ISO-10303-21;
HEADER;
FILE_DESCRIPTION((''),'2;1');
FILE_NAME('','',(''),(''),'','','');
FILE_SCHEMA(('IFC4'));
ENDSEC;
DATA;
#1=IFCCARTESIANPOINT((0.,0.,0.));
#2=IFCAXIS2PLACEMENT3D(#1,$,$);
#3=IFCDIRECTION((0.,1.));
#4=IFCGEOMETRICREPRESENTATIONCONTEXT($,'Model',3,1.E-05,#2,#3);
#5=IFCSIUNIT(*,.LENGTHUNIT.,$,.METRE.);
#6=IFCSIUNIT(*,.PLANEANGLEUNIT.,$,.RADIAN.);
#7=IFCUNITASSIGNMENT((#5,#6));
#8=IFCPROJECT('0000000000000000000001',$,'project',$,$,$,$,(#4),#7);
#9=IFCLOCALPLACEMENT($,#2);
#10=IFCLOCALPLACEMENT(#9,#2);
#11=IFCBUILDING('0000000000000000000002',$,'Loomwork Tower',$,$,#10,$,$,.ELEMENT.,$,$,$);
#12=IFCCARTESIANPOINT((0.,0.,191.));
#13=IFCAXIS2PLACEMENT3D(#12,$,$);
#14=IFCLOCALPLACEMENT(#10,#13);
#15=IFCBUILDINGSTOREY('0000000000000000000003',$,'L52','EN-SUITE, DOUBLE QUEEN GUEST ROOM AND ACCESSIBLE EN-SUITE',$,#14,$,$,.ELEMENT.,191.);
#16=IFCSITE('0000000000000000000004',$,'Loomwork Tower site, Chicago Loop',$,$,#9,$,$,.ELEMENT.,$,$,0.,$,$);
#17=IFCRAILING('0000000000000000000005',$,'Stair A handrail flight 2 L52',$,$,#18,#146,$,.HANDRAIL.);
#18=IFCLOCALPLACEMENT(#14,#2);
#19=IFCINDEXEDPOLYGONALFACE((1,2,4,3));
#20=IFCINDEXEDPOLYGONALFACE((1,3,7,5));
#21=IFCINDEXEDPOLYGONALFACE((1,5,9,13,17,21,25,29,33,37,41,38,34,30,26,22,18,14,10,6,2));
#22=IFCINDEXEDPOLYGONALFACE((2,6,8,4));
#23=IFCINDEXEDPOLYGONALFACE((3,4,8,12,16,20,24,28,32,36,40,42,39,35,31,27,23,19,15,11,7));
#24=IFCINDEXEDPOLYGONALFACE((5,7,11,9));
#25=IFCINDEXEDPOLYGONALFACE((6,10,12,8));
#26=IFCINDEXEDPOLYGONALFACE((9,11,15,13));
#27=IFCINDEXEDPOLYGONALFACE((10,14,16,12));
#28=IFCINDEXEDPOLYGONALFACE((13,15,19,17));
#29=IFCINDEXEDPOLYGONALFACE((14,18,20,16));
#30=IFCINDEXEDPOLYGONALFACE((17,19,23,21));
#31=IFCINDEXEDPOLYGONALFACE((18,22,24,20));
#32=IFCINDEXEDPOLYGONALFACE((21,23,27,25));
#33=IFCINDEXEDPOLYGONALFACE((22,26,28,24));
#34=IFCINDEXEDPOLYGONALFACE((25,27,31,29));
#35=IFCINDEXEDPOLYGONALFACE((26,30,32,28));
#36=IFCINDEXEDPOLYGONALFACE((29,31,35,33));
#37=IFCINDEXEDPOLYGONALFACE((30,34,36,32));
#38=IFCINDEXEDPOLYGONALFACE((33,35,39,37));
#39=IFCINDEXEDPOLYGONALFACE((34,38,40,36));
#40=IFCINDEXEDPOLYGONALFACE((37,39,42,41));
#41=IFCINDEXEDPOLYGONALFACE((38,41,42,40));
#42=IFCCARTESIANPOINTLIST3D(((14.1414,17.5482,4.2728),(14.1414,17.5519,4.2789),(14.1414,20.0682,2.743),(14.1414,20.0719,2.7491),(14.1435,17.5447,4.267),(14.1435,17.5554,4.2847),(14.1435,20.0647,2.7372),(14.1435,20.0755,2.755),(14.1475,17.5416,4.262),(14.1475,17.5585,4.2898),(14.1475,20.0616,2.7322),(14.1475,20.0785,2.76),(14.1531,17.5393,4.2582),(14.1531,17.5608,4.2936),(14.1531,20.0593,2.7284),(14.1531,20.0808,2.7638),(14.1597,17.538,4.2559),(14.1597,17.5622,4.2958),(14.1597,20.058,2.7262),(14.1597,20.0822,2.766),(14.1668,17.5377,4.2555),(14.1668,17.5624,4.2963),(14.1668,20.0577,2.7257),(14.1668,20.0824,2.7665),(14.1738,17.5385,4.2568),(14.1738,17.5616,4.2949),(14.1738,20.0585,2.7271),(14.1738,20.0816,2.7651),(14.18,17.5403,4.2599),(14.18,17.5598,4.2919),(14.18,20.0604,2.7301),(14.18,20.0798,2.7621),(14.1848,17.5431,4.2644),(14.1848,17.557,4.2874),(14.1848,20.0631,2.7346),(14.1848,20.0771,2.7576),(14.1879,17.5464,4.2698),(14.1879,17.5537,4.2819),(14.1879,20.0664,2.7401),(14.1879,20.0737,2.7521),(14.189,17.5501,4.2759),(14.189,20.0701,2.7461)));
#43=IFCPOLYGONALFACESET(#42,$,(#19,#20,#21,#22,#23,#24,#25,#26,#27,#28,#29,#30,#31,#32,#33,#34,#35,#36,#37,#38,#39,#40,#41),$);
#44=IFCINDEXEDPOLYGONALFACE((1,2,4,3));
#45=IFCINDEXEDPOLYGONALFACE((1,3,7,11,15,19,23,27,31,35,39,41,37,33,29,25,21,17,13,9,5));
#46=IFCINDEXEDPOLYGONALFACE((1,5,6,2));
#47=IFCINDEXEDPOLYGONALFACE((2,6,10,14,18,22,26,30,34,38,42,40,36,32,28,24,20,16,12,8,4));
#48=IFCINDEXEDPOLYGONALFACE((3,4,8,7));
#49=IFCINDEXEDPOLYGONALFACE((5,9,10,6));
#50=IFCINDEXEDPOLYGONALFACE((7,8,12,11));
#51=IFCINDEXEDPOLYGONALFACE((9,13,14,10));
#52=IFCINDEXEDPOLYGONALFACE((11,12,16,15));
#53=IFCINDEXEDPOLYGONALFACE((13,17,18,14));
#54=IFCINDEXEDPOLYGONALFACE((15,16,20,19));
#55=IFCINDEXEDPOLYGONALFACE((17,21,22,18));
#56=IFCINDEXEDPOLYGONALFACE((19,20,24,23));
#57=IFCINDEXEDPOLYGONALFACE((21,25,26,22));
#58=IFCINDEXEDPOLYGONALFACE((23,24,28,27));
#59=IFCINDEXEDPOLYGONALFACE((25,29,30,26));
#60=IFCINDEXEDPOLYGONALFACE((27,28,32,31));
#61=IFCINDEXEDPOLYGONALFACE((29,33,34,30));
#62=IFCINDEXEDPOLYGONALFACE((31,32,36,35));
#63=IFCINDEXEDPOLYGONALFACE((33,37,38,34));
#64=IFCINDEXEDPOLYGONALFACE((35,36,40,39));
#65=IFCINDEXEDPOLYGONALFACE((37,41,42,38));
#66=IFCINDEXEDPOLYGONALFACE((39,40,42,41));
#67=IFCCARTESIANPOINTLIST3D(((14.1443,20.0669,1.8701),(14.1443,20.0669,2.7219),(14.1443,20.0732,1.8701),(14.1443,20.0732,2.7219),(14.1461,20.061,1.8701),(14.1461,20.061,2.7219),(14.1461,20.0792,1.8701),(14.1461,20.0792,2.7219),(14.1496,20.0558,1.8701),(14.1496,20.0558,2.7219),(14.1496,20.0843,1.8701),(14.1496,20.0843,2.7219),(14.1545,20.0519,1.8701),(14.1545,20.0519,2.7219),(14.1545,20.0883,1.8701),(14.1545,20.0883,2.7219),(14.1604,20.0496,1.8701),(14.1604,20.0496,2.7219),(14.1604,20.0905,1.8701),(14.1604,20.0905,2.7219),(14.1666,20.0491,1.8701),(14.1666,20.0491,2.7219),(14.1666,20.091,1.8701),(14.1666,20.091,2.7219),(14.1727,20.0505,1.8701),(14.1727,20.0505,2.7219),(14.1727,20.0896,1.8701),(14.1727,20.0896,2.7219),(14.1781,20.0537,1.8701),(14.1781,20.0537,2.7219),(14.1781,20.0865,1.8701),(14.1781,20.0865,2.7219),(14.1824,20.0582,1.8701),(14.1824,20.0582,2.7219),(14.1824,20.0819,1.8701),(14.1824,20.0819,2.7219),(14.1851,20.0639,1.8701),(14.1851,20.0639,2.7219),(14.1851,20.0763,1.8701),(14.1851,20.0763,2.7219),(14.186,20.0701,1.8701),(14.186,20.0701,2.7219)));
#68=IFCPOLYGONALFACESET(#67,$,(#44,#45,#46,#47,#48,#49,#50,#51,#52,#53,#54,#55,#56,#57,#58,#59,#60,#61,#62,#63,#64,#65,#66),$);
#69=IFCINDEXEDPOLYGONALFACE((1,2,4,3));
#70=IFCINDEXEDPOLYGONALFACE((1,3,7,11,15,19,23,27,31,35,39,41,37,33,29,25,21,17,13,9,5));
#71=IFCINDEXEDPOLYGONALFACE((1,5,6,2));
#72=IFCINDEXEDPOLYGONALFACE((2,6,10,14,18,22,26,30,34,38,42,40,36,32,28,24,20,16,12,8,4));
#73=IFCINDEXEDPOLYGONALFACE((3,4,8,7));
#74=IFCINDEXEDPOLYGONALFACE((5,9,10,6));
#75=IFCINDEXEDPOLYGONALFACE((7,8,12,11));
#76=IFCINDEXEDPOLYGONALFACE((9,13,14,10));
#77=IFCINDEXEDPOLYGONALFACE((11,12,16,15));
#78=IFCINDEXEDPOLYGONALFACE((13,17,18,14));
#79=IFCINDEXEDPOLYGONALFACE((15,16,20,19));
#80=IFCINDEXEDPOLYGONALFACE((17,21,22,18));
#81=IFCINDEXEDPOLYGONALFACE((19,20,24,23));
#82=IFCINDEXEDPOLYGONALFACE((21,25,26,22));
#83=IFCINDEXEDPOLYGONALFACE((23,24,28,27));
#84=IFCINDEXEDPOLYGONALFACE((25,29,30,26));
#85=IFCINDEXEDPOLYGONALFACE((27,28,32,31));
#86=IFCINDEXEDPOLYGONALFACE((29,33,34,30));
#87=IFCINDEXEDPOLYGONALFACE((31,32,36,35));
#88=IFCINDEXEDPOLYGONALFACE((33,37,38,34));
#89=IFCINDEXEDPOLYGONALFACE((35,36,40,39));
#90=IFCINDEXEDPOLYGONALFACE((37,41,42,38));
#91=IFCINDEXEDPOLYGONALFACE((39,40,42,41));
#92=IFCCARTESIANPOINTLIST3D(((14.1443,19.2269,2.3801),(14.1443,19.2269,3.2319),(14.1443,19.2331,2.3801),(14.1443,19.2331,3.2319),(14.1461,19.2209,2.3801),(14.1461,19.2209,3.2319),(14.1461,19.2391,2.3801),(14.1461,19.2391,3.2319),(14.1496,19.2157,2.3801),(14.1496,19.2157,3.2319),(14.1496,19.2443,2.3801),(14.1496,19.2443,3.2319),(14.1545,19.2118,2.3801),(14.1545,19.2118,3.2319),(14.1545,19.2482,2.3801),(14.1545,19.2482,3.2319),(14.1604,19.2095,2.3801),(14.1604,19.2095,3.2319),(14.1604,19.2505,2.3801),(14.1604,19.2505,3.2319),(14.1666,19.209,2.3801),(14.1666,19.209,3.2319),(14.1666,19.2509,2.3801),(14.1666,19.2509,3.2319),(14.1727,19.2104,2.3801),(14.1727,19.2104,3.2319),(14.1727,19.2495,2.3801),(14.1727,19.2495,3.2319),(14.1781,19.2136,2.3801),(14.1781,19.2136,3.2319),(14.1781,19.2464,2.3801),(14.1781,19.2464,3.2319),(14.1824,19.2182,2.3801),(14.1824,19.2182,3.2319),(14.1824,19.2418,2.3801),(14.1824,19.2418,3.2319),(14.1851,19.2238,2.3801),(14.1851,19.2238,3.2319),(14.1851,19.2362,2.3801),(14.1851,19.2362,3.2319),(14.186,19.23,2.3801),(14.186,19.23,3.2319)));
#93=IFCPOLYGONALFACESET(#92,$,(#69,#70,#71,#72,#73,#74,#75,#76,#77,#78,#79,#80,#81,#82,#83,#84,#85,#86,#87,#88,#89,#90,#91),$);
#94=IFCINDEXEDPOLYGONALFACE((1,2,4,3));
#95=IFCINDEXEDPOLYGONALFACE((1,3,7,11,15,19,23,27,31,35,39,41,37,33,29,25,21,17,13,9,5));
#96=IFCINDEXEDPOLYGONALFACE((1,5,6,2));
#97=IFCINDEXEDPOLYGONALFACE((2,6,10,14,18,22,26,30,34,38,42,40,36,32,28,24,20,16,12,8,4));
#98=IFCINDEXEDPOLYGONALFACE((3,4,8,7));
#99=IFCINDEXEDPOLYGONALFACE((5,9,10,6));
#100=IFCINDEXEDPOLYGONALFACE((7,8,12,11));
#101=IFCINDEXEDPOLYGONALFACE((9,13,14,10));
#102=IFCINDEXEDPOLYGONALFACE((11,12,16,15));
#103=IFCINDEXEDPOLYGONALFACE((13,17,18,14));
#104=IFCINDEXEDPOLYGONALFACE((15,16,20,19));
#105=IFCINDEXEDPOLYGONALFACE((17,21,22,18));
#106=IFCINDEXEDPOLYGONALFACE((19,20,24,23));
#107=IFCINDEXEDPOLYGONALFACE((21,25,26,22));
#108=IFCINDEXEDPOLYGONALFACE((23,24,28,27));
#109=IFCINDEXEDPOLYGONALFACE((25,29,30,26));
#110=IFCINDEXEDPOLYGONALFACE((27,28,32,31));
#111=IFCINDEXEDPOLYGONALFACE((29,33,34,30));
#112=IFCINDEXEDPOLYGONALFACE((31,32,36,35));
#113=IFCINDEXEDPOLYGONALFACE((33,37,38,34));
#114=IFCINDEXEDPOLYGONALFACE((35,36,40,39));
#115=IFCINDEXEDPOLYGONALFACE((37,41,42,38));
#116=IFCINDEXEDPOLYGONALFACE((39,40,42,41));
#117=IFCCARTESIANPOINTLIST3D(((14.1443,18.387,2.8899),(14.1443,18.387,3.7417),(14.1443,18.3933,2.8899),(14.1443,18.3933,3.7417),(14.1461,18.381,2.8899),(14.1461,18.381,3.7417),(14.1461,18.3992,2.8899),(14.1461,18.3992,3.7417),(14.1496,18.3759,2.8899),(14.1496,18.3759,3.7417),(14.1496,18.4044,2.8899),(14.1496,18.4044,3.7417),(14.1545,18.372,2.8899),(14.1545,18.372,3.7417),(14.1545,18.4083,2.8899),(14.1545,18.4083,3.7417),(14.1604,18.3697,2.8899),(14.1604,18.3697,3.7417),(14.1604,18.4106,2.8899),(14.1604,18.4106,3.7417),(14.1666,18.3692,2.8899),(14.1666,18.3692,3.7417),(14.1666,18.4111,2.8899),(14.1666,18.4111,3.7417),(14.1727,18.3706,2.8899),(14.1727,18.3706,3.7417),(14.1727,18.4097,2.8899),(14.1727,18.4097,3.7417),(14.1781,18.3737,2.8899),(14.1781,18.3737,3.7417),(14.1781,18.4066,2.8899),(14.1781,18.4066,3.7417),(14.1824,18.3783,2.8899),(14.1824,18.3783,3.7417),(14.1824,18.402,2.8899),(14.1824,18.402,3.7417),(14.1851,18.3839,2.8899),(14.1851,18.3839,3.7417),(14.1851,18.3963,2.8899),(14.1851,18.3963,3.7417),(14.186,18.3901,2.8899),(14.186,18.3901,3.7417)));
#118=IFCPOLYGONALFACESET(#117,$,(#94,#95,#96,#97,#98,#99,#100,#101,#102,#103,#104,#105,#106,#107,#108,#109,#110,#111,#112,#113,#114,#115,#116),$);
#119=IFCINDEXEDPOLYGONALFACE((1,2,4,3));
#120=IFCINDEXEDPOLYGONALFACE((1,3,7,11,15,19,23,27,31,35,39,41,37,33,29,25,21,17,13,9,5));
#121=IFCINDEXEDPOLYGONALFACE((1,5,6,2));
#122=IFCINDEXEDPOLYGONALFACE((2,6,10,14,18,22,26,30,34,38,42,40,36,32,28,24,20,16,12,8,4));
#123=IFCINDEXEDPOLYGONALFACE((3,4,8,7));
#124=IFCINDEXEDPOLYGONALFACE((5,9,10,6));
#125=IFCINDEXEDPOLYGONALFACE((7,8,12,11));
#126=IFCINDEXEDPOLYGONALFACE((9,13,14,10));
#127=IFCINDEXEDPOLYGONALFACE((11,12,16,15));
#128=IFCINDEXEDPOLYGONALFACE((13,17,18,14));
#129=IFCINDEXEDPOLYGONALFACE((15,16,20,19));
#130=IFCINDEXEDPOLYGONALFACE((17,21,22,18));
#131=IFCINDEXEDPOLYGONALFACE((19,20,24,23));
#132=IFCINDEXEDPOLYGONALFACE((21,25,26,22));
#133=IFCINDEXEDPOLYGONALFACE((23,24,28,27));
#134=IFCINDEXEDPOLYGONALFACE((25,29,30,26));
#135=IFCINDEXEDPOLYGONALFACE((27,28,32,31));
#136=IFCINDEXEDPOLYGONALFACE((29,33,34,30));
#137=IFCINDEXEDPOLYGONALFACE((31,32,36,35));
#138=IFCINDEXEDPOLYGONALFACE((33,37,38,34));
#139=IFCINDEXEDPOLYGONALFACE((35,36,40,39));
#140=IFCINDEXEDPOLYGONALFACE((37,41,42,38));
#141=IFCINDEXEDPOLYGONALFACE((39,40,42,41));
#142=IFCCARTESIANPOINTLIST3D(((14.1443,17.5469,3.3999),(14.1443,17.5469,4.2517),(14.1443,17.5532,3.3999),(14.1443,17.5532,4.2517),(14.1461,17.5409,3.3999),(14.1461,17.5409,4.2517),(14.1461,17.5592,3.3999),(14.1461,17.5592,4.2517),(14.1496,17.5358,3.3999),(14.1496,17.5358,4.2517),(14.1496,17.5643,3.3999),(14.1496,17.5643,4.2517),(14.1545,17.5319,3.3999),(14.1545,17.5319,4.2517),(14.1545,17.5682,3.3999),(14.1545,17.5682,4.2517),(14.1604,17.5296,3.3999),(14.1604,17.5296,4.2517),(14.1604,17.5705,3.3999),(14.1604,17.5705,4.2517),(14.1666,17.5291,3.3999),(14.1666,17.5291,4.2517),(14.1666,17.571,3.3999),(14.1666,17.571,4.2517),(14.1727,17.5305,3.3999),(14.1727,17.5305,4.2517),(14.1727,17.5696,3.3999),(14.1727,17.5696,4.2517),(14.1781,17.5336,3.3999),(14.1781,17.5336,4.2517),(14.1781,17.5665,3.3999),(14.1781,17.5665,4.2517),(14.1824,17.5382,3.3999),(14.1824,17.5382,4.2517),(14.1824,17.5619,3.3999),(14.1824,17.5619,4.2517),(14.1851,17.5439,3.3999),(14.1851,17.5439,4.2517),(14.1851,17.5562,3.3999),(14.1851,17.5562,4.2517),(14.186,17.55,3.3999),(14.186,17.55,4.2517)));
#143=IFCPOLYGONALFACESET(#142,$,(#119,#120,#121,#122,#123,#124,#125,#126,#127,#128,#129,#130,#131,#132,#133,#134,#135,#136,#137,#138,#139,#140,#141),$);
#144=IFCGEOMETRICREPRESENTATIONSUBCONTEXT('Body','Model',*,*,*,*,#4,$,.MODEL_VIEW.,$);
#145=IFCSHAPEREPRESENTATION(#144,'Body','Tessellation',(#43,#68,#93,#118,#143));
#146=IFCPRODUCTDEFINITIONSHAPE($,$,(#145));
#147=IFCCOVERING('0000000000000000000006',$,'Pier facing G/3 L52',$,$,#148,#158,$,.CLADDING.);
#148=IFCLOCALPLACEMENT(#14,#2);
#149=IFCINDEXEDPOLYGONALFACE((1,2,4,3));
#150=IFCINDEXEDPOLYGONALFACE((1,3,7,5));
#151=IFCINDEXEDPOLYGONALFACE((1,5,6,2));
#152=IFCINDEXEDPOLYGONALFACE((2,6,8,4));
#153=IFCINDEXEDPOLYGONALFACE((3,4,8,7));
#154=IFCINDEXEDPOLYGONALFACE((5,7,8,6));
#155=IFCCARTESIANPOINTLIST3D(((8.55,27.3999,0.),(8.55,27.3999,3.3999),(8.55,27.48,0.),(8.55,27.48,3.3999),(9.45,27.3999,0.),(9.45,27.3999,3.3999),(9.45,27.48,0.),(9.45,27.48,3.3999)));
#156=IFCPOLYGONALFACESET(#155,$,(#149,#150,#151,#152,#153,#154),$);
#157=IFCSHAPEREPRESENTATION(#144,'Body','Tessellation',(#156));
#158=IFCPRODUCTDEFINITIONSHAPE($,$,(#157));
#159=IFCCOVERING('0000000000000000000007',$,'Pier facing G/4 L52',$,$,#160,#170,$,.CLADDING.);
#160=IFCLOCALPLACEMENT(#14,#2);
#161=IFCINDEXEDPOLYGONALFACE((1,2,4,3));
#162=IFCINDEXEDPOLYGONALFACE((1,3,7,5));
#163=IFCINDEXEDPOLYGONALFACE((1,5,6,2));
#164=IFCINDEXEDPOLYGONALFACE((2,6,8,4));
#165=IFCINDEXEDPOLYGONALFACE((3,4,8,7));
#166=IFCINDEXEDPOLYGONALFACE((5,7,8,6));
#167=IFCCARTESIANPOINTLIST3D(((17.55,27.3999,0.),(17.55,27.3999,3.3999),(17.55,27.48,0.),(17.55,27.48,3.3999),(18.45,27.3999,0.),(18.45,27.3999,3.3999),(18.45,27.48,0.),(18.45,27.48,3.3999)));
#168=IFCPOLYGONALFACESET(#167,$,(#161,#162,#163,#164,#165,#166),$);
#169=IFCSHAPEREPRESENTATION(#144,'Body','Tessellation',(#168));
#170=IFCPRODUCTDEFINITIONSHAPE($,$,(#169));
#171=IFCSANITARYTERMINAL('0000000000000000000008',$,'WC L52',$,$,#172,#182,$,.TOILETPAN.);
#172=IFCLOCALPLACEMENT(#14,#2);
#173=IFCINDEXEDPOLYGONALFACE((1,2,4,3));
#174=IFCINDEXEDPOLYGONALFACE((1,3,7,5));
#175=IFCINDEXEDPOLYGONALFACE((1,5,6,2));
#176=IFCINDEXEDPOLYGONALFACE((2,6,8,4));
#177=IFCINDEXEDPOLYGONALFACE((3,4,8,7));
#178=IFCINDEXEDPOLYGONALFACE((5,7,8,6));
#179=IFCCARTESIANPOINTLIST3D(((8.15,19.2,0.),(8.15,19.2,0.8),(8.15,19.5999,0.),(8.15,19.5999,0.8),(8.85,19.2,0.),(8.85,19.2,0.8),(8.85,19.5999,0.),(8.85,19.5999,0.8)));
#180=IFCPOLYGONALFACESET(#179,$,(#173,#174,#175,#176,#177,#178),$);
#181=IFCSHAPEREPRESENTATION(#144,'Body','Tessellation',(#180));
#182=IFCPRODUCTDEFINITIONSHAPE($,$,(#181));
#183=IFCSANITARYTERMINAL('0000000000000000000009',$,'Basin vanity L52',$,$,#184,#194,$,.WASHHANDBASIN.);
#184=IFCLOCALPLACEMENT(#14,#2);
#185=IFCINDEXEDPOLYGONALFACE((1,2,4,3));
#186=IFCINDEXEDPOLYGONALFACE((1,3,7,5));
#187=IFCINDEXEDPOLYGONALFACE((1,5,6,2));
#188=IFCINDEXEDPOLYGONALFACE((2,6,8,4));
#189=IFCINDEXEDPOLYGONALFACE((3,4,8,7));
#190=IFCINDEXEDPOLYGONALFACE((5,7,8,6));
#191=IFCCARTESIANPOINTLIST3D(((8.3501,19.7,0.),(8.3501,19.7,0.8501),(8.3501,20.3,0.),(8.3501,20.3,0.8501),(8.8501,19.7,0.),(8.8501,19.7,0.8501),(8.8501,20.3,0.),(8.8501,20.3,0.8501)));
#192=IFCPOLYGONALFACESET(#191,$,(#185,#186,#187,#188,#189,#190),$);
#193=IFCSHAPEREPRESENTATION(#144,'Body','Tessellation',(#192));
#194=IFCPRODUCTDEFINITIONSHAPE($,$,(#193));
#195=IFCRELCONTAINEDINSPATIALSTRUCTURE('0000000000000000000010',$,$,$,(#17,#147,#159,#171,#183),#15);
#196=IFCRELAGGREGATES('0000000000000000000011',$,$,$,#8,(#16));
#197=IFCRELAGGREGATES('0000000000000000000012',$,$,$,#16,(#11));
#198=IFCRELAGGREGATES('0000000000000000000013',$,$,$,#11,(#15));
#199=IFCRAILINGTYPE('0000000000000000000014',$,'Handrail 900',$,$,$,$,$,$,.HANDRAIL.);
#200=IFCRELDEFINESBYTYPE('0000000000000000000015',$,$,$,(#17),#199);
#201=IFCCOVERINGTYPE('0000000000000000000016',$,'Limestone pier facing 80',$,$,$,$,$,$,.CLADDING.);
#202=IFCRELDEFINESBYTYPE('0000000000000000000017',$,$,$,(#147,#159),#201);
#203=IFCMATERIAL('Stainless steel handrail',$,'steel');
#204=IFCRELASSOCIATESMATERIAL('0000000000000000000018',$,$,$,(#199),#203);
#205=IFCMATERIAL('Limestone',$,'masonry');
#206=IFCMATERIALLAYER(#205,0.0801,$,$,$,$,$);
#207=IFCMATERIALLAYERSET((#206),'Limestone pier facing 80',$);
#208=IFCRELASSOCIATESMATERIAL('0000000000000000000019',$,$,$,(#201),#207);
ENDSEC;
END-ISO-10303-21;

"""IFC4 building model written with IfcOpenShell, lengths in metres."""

from ifc_helpers import new_model, si_unit, direction, frame, origin, origin_2d, place, context, subcontext, project, spatial, rectangle, circle, extrude, material, layer, layer_set, type_object, element, save


model = new_model("IFC4")

# Units and contexts
model_context = context("Model", 3, precision=1e-05, world=origin(), true_north=direction((0.0, 1.0)))
body_context = subcontext(model_context, "Body", "Model", "MODEL_VIEW")
ifc_project = project(units=[si_unit("LENGTHUNIT", "METRE"), si_unit("PLANEANGLEUNIT", "RADIAN")], contexts=[model_context])

# Site, building, storey
site_placement = place(None, origin())
site = spatial("IfcSite", under=ifc_project, at=site_placement, Name="Loomwork Tower site, Chicago Loop", CompositionType="ELEMENT", RefElevation=0.0)
building_placement = place(site_placement, origin())
building = spatial("IfcBuilding", under=site, at=building_placement, Name="Loomwork Tower", CompositionType="ELEMENT")
storey_placement = place(building_placement, frame((0.0, 0.0, 191.0)))
storey = spatial("IfcBuildingStorey", under=building, at=storey_placement, Name="L52", Description="EN-SUITE, DOUBLE QUEEN GUEST ROOM AND ACCESSIBLE EN-SUITE", CompositionType="ELEMENT", Elevation=191.0)

# Railing
ifc_material_1 = material(Name="Stainless steel handrail", Category="steel")
railing_type = type_object("IfcRailingType", Name="Handrail 900", PredefinedType="HANDRAIL", material=ifc_material_1)
railing_placement = place(storey_placement, frame((14.165, 20.0701, 1.8701)))
element("IfcRailing", 1, at=railing_placement, inside=storey, type_object=railing_type, Name="Stair A handrail flight 2 L52", PredefinedType="HANDRAIL", context=body_context, shape_type="SweptSolid", body=[
    extrude(circle(Radius=0.0239, at=origin_2d()), frame((0.0, 0.0, 0.876), z_axis=(0.0, -0.854822, 0.518922), x_axis=(1.0, 0.0, 0.0)), (0.0, 0.0, 1.0), 2.948),
    extrude(circle(Radius=0.021, at=origin_2d()), origin(), (0.0, 0.0, 1.0), 0.8518),
    extrude(circle(Radius=0.021, at=origin_2d()), frame((0.0, -0.8401, 0.51)), (0.0, 0.0, 1.0), 0.8518),
    extrude(circle(Radius=0.021, at=origin_2d()), frame((0.0, -1.6799, 1.0198)), (0.0, 0.0, 1.0), 0.8518),
    extrude(circle(Radius=0.021, at=origin_2d()), frame((0.0, -2.52, 1.5298)), (0.0, 0.0, 1.0), 0.8518),
])

# Coverings
ifc_material_2 = material(Name="Limestone", Category="masonry")
ifc_layer_1 = layer(ifc_material_2, 0.0801)
ifc_layer_set_1 = layer_set([ifc_layer_1], Name="Limestone pier facing 80")
covering_type = type_object("IfcCoveringType", Name="Limestone pier facing 80", PredefinedType="CLADDING", material=ifc_layer_set_1)
for number, where, z_axis, x_axis, name in (
    (2, (9.0, 27.4399, 0.0), (0.0, 0.0, 1.0), (1.0, 0.0, 0.0), "Pier facing G/3 L52"),
    (3, (18.0, 27.4399, 0.0), (0.0, 0.0, 1.0), (1.0, 0.0, 0.0), "Pier facing G/4 L52"),
):
    element("IfcCovering", number, at=place(storey_placement, frame(where, z_axis=z_axis, x_axis=x_axis)), inside=storey, type_object=covering_type, Name=name, PredefinedType="CLADDING", context=body_context, shape_type="SweptSolid", body=[
        extrude(rectangle(XDim=0.8999, YDim=0.0801, at=origin_2d()), origin(), (0.0, 0.0, 1.0), 3.3999),
    ])

# Sanitary terminals
sanitary_terminal_1_placement = place(storey_placement, frame((8.5, 19.3999, 0.0), z_axis=(0.0, 0.0, 1.0), x_axis=(1.0, 0.0, 0.0)))
element("IfcSanitaryTerminal", 4, at=sanitary_terminal_1_placement, inside=storey, Name="WC L52", PredefinedType="TOILETPAN", context=body_context, shape_type="SweptSolid", body=[
    extrude(rectangle(XDim=0.7, YDim=0.3999, at=origin_2d()), origin(), (0.0, 0.0, 1.0), 0.8),
])
sanitary_terminal_2_placement = place(storey_placement, frame((8.6001, 20.0, 0.0), z_axis=(0.0, 0.0, 1.0), x_axis=(1.0, 0.0, 0.0)))
element("IfcSanitaryTerminal", 5, at=sanitary_terminal_2_placement, inside=storey, Name="Basin vanity L52", PredefinedType="WASHHANDBASIN", context=body_context, shape_type="SweptSolid", body=[
    extrude(rectangle(XDim=0.5, YDim=0.6001, at=origin_2d()), origin(), (0.0, 0.0, 1.0), 0.8501),
])

save(model, "model.ifc")
